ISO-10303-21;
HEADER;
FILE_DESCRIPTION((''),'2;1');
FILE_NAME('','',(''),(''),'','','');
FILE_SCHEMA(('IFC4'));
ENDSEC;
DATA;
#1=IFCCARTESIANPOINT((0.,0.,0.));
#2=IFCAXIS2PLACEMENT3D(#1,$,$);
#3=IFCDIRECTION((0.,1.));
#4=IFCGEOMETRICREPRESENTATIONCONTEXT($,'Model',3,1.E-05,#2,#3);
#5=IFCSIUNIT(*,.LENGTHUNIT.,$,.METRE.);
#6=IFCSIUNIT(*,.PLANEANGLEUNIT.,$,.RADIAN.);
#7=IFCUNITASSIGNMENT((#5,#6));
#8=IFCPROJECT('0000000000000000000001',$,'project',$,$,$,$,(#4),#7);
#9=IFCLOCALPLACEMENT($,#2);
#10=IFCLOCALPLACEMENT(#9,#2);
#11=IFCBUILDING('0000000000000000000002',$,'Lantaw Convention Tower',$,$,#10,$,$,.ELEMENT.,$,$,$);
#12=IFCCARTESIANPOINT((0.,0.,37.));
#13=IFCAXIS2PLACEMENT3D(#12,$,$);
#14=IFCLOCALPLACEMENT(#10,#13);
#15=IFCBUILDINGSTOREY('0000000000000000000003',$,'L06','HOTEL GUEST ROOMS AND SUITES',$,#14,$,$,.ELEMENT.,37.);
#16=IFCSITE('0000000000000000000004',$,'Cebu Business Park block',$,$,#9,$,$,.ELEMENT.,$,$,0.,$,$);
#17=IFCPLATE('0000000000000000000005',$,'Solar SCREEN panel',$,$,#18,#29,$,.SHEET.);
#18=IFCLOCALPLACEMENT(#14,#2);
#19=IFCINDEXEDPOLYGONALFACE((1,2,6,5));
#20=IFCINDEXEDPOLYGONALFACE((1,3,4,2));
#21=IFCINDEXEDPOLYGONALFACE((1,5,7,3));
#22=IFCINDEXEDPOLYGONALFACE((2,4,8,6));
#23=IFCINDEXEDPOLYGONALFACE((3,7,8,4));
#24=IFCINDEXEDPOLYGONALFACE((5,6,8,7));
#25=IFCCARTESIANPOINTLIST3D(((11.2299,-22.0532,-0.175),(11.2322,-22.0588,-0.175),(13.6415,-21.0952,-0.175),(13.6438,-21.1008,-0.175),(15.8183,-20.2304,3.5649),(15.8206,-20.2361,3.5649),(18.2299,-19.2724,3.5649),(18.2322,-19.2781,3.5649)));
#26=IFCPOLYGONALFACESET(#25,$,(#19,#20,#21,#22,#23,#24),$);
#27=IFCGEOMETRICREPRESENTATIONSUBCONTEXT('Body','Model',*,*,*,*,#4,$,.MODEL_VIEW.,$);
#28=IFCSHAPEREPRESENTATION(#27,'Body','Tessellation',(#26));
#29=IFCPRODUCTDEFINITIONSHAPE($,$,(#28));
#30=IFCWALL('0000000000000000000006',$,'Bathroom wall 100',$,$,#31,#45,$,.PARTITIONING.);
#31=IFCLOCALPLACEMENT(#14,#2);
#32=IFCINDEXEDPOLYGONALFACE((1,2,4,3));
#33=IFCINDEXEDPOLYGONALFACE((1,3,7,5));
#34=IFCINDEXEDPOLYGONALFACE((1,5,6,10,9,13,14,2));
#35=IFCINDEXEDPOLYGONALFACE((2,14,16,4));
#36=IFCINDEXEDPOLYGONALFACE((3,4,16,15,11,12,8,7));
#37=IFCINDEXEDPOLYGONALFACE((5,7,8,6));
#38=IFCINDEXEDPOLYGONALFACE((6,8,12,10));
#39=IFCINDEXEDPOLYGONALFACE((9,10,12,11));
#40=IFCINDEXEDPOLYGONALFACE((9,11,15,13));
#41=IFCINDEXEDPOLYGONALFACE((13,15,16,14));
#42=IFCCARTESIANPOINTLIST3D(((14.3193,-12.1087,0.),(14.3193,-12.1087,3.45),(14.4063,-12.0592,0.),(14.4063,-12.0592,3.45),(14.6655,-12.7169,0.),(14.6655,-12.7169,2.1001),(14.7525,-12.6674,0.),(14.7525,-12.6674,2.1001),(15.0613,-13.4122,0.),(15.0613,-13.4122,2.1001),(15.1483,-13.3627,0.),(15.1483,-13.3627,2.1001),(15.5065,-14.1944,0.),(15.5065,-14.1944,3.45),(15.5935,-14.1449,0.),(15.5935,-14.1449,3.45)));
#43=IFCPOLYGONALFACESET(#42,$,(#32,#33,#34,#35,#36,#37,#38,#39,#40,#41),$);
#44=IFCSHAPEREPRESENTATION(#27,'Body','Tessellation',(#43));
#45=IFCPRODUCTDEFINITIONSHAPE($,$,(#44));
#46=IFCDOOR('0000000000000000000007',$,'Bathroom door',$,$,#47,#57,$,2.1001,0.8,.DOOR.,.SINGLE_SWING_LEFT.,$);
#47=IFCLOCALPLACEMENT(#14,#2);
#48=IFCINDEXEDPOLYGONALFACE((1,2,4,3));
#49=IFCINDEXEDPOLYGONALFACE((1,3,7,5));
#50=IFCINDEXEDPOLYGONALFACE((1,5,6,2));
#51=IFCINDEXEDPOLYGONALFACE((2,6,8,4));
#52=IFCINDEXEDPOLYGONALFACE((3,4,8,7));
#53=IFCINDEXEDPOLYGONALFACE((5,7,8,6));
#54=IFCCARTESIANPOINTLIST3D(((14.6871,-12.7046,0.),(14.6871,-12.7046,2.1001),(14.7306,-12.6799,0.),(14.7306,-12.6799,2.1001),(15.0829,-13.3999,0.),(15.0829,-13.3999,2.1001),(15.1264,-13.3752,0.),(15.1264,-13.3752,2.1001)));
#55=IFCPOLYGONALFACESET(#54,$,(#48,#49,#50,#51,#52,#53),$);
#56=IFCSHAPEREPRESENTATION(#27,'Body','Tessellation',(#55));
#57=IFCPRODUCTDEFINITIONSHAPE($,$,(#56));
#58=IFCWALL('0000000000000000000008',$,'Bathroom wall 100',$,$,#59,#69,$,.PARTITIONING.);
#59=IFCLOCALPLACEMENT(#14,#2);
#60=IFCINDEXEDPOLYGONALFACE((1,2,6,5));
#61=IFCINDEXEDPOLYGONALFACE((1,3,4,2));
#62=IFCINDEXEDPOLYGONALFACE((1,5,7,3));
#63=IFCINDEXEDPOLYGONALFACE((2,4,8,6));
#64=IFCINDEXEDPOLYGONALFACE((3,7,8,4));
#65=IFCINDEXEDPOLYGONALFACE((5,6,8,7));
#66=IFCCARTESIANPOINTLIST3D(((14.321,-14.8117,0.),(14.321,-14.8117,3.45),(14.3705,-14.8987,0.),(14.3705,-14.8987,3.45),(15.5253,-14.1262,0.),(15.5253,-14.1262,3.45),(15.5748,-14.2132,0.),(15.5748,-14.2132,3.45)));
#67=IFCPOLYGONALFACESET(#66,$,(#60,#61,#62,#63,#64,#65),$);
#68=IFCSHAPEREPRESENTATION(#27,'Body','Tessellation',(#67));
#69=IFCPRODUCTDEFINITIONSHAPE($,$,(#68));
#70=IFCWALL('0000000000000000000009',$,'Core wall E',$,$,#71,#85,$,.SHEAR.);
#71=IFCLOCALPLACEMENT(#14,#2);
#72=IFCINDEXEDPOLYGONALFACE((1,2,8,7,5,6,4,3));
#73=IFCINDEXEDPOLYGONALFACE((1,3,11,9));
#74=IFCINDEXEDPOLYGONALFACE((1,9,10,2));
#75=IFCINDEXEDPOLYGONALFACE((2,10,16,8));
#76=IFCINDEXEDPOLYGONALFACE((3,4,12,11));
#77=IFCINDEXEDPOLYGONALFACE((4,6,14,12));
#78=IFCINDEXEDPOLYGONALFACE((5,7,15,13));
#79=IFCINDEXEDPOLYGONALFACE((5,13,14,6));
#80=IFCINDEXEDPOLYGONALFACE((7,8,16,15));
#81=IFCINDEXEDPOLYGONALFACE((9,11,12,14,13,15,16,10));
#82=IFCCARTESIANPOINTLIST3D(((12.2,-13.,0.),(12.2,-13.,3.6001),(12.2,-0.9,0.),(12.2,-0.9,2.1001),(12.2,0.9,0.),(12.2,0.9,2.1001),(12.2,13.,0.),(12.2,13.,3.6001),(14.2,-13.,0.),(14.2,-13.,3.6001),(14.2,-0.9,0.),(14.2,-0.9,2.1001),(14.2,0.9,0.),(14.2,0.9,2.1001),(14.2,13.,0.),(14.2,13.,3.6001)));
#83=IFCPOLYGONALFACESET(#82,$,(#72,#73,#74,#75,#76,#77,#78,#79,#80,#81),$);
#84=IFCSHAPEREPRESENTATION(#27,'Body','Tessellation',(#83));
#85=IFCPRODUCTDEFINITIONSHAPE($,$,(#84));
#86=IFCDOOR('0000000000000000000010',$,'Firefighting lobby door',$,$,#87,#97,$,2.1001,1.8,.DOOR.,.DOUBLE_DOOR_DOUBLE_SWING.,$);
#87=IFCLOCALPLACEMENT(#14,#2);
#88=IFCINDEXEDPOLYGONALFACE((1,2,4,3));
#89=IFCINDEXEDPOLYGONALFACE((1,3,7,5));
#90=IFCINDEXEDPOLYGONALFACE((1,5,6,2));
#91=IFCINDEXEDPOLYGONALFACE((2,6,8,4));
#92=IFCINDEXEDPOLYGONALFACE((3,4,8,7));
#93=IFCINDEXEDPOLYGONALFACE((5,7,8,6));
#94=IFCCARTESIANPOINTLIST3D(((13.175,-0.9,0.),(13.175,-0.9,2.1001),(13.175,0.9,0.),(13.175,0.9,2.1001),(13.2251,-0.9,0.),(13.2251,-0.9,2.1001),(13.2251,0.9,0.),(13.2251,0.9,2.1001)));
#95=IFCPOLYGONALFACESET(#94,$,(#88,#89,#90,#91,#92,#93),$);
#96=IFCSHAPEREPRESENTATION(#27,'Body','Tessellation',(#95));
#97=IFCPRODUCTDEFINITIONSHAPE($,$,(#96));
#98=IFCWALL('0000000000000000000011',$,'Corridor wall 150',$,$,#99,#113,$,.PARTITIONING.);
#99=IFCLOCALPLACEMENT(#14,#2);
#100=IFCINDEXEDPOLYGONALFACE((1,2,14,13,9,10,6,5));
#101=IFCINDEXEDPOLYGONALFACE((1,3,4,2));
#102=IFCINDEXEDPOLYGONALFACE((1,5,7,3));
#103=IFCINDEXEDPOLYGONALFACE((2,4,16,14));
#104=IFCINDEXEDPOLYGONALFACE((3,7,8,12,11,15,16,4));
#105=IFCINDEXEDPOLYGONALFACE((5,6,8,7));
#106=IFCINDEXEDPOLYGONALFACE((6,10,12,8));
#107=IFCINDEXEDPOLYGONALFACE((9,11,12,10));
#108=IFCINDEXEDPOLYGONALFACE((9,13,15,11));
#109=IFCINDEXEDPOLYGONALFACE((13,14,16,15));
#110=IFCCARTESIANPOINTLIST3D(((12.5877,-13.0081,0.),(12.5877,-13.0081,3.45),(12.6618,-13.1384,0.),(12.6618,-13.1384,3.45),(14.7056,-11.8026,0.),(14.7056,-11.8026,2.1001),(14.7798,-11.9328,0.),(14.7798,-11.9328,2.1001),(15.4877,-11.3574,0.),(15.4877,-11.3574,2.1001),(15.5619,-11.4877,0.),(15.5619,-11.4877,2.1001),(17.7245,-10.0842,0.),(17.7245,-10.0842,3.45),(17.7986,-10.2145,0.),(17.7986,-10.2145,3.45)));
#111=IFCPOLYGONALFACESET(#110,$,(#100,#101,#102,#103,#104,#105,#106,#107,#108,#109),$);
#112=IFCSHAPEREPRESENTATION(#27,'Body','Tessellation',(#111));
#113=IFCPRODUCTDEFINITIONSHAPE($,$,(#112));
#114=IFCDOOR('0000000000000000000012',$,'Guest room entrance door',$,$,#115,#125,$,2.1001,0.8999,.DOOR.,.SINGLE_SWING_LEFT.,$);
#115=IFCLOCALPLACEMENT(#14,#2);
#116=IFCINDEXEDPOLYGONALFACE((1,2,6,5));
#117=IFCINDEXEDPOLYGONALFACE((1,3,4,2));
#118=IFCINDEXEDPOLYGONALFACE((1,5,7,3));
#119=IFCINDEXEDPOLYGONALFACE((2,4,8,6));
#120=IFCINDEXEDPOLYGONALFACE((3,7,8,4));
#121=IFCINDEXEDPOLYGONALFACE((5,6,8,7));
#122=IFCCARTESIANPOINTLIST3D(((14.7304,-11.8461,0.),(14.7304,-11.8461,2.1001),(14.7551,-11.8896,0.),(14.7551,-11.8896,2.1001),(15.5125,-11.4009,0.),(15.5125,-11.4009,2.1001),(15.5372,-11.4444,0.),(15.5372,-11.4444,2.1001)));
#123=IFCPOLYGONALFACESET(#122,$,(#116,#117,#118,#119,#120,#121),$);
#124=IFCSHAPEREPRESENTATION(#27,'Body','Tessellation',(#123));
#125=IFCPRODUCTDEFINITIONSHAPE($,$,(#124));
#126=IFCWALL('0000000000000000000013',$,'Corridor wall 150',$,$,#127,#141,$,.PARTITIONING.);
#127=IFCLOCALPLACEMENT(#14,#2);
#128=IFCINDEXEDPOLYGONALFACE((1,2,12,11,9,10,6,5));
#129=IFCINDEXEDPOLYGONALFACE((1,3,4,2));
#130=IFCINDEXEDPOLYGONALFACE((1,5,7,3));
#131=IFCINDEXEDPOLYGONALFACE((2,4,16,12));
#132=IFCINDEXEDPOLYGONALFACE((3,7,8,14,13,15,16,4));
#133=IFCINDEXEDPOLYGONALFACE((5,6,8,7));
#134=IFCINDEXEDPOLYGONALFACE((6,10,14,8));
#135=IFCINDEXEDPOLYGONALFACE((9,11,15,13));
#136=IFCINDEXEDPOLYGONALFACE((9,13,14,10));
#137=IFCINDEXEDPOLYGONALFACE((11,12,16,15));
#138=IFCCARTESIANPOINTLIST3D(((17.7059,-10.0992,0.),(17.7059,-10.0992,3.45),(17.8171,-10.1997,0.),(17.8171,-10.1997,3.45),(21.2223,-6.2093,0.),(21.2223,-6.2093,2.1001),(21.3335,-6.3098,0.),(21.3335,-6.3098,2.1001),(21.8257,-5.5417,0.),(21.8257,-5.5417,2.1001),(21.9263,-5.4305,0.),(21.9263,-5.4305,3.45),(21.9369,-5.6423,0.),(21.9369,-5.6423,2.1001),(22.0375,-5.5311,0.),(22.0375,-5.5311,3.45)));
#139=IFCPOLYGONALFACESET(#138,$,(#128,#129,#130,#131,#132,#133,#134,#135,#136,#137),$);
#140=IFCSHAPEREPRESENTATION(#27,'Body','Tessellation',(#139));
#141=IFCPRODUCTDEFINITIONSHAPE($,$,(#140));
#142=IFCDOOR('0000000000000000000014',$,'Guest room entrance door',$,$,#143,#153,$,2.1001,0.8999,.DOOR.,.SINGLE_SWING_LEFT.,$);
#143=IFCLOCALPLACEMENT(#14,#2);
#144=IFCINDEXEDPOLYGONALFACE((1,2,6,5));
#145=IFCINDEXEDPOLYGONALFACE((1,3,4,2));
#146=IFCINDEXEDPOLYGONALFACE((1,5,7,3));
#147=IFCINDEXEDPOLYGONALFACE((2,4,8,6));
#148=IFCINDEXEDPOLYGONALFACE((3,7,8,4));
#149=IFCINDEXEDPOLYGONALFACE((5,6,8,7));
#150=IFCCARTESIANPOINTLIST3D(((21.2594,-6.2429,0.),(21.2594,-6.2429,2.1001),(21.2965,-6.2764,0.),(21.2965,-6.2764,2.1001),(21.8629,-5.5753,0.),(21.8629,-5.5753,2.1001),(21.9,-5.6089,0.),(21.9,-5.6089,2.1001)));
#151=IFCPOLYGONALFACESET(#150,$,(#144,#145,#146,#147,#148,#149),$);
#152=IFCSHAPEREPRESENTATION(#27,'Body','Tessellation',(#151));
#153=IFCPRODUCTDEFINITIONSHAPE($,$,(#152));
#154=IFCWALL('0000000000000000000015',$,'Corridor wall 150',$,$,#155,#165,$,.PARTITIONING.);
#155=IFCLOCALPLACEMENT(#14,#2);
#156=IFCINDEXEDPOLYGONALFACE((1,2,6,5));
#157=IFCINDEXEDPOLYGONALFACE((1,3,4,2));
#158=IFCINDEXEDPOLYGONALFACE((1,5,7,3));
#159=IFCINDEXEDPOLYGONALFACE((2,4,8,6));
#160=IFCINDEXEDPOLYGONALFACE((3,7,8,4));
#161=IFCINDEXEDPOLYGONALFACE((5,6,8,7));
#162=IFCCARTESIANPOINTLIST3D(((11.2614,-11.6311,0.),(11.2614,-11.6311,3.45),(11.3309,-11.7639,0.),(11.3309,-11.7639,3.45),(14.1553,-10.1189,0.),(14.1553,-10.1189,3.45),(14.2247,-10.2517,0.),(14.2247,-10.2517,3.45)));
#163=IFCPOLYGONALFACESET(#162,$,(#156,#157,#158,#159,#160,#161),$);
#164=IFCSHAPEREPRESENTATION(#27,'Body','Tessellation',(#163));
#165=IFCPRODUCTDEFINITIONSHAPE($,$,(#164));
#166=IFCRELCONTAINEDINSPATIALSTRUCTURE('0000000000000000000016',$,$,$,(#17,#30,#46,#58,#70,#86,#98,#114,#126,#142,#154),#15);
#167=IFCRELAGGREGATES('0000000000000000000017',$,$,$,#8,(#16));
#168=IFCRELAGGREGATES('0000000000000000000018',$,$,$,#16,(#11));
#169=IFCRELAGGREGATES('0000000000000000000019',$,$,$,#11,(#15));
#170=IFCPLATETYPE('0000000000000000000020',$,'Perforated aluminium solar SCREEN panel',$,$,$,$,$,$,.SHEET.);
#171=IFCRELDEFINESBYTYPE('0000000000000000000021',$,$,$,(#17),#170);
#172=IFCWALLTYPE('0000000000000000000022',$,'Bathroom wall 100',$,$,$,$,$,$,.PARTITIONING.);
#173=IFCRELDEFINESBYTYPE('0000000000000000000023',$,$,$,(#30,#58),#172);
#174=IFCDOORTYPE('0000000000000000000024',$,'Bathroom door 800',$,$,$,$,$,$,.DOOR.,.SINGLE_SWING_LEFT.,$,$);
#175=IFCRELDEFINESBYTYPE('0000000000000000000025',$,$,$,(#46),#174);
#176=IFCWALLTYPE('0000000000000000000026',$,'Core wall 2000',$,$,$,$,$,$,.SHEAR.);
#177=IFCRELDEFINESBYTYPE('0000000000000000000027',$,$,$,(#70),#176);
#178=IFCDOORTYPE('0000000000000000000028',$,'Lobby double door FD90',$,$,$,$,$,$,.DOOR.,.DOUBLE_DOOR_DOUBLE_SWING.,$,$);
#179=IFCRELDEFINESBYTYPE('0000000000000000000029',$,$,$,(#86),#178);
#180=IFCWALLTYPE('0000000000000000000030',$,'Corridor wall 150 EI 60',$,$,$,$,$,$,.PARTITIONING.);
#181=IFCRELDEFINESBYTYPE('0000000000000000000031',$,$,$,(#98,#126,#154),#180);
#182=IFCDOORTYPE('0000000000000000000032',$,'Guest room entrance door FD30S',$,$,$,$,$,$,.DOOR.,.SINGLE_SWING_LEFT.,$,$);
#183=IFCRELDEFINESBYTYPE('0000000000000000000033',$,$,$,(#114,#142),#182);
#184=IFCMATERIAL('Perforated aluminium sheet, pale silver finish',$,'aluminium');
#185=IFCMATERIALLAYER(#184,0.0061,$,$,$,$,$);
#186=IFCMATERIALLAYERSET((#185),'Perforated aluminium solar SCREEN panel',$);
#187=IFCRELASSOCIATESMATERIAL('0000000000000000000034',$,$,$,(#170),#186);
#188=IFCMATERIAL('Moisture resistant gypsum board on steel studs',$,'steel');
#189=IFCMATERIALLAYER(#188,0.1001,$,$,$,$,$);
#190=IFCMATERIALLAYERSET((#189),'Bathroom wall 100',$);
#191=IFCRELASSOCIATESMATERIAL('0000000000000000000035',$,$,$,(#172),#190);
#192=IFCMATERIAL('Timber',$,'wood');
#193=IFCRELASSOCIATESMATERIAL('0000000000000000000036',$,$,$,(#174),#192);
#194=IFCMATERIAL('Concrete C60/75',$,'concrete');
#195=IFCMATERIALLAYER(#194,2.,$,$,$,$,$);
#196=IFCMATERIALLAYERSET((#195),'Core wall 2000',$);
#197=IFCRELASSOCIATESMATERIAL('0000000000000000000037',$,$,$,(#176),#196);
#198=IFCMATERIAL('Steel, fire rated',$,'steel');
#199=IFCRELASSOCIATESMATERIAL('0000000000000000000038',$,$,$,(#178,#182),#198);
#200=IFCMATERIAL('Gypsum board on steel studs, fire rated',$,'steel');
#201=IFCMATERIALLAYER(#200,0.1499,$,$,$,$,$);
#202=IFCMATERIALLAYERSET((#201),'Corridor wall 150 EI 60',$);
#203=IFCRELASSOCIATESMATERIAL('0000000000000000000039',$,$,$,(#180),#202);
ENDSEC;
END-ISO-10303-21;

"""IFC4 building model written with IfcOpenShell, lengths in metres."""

from ifc_helpers import new_model, si_unit, direction, frame, frame_2d, origin, place, context, subcontext, project, spatial, polyline, rectangle, outline, extrude, material, layer, layer_set, type_object, element, fill, save


model = new_model("IFC4")

# Units and contexts
model_context = context("Model", 3, precision=1e-05, world=origin(), true_north=direction((0.0, 1.0)))
body_context = subcontext(model_context, "Body", "Model", "MODEL_VIEW")
ifc_project = project(units=[si_unit("LENGTHUNIT", "METRE"), si_unit("PLANEANGLEUNIT", "RADIAN")], contexts=[model_context])

# Site, building, storey
site_placement = place(None, origin())
site = spatial("IfcSite", under=ifc_project, at=site_placement, Name="Cebu Business Park block", CompositionType="ELEMENT", RefElevation=0.0)
building_placement = place(site_placement, origin())
building = spatial("IfcBuilding", under=site, at=building_placement, Name="Lantaw Convention Tower", CompositionType="ELEMENT")
storey_placement = place(building_placement, frame((0.0, 0.0, 37.0)))
storey = spatial("IfcBuildingStorey", under=building, at=storey_placement, Name="L06", Description="HOTEL GUEST ROOMS AND SUITES", CompositionType="ELEMENT", Elevation=37.0)

# Shared definitions
ifc_material_1 = material(Name="Concrete C60/75", Category="concrete")

# Plate
ifc_material_2 = material(Name="Perforated aluminium sheet, pale silver finish", Category="aluminium")
ifc_layer_1 = layer(ifc_material_2, 0.0061)
ifc_layer_set_1 = layer_set([ifc_layer_1], Name="Perforated aluminium solar SCREEN panel")
plate_type = type_object("IfcPlateType", Name="Perforated aluminium solar SCREEN panel", PredefinedType="SHEET", material=ifc_layer_set_1)
plate_placement = place(storey_placement, frame((11.2322, -22.0588, -0.175), z_axis=(0.369184, -0.929357, 0.000009), x_axis=(0.929357, 0.369184, 0.0)))
element("IfcPlate", 1, at=plate_placement, inside=storey, type_object=plate_type, Name="Solar SCREEN panel", PredefinedType="SHEET", context=body_context, shape_type="SweptSolid", body=[
    extrude(outline(polyline([(0.0, 0.0), (2.5949, 0.0), (7.5321, 3.74), (4.9372, 3.74), (0.0, 0.0)])), origin(), (0.0, 0.0, -1.0), 0.0061),
])

# Wall, opening, door
ifc_material_3 = material(Name="Moisture resistant gypsum board on steel studs", Category="steel")
ifc_layer_2 = layer(ifc_material_3, 0.1001)
ifc_layer_set_2 = layer_set([ifc_layer_2], Name="Bathroom wall 100")
wall_type_1 = type_object("IfcWallType", Name="Bathroom wall 100", PredefinedType="PARTITIONING", material=ifc_layer_set_2)
wall_1_placement = place(storey_placement, frame((14.3628, -12.084, 0.0), z_axis=(0.0, 0.0, 1.0), x_axis=(0.494703, -0.869062, 0.0)))
wall_1 = element("IfcWall", 2, at=wall_1_placement, inside=storey, type_object=wall_type_1, Name="Bathroom wall 100", PredefinedType="PARTITIONING", context=body_context, shape_type="SweptSolid", body=[
    extrude(rectangle(XDim=2.3999, YDim=0.1001, at=frame_2d((1.2, 0.0))), origin(), (0.0, 0.0, 1.0), 3.45),
])
opening_1_placement = place(wall_1_placement, frame((0.7, 0.0, 0.0)))
opening_1 = element("IfcOpeningElement", 3, at=opening_1_placement, cuts=wall_1, PredefinedType="OPENING", context=body_context, shape_type="SweptSolid", body=[
    extrude(rectangle(XDim=0.8, YDim=2.1001, at=frame_2d((0.3999, 1.05))), frame((0.0, 0.0601, 0.0), z_axis=(0.0, -1.0, 0.0), x_axis=(1.0, 0.0, 0.0)), (0.0, 0.0, 1.0), 0.1201),
])
ifc_material_4 = material(Name="Timber", Category="wood")
door_type_1 = type_object("IfcDoorType", Name="Bathroom door 800", OperationType="SINGLE_SWING_LEFT", PredefinedType="DOOR", material=ifc_material_4)
door_1_placement = place(opening_1_placement, origin())
door_1 = element("IfcDoor", 4, at=door_1_placement, inside=storey, type_object=door_type_1, Name="Bathroom door", OperationType="SINGLE_SWING_LEFT", OverallHeight=2.1001, OverallWidth=0.8, PredefinedType="DOOR", context=body_context, shape_type="SweptSolid", body=[
    extrude(rectangle(XDim=0.8, YDim=2.1001, at=frame_2d((0.3999, 1.05))), frame((0.0, 0.0249, 0.0), z_axis=(0.0, -1.0, 0.0), x_axis=(1.0, 0.0, 0.0)), (0.0, 0.0, 1.0), 0.05),
])
fill(opening_1, door_1)

# Wall
wall_2_placement = place(storey_placement, frame((15.55, -14.1697, 0.0), z_axis=(0.0, 0.0, 1.0), x_axis=(-0.869066, -0.494696, 0.0)))
element("IfcWall", 5, at=wall_2_placement, inside=storey, type_object=wall_type_1, Name="Bathroom wall 100", PredefinedType="PARTITIONING", context=body_context, shape_type="SweptSolid", body=[
    extrude(rectangle(XDim=1.3857, YDim=0.1001, at=frame_2d((0.6929, 0.0))), origin(), (0.0, 0.0, 1.0), 3.45),
])

# Walls, openings, doors
ifc_layer_3 = layer(ifc_material_1, 2.0)
ifc_layer_set_3 = layer_set([ifc_layer_3], Name="Core wall 2000")
wall_type_2 = type_object("IfcWallType", Name="Core wall 2000", PredefinedType="SHEAR", material=ifc_layer_set_3)
wall_3_placement = place(storey_placement, frame((13.2, -13.0, 0.0), z_axis=(0.0, 0.0, 1.0), x_axis=(0.0, 1.0, 0.0)))
wall_3 = element("IfcWall", 6, at=wall_3_placement, inside=storey, type_object=wall_type_2, Name="Core wall E", PredefinedType="SHEAR", context=body_context, shape_type="SweptSolid", body=[
    extrude(rectangle(XDim=26.0, YDim=2.0, at=frame_2d((13.0, 0.0))), origin(), (0.0, 0.0, 1.0), 3.6001),
])
opening_2_placement = place(wall_3_placement, frame((12.1001, 0.0, 0.0)))
opening_2 = element("IfcOpeningElement", 7, at=opening_2_placement, cuts=wall_3, PredefinedType="OPENING", context=body_context, shape_type="SweptSolid", body=[
    extrude(rectangle(XDim=1.8, YDim=2.1001, at=frame_2d((0.8999, 1.05))), frame((0.0, 1.01, 0.0), z_axis=(0.0, -1.0, 0.0), x_axis=(1.0, 0.0, 0.0)), (0.0, 0.0, 1.0), 2.02),
])
ifc_material_5 = material(Name="Steel, fire rated", Category="steel")
door_type_2 = type_object("IfcDoorType", Name="Lobby double door FD90", OperationType="DOUBLE_DOOR_DOUBLE_SWING", PredefinedType="DOOR", material=ifc_material_5)
door_2_placement = place(opening_2_placement, origin())
door_2 = element("IfcDoor", 8, at=door_2_placement, inside=storey, type_object=door_type_2, Name="Firefighting lobby door", OperationType="DOUBLE_DOOR_DOUBLE_SWING", OverallHeight=2.1001, OverallWidth=1.8, PredefinedType="DOOR", context=body_context, shape_type="SweptSolid", body=[
    extrude(rectangle(XDim=1.8, YDim=2.1001, at=frame_2d((0.8999, 1.05))), frame((0.0, 0.0249, 0.0), z_axis=(0.0, -1.0, 0.0), x_axis=(1.0, 0.0, 0.0)), (0.0, 0.0, 1.0), 0.05),
])
fill(opening_2, door_2)
ifc_material_6 = material(Name="Gypsum board on steel studs, fire rated", Category="steel")
ifc_layer_4 = layer(ifc_material_6, 0.1499)
ifc_layer_set_4 = layer_set([ifc_layer_4], Name="Corridor wall 150 EI 60")
wall_type_3 = type_object("IfcWallType", Name="Corridor wall 150 EI 60", PredefinedType="PARTITIONING", material=ifc_layer_set_4)
wall_4_placement = place(storey_placement, frame((12.6248, -13.0732, 0.0), z_axis=(0.0, 0.0, 1.0), x_axis=(0.869076, 0.494679, 0.0)))
wall_4 = element("IfcWall", 9, at=wall_4_placement, inside=storey, type_object=wall_type_3, Name="Corridor wall 150", PredefinedType="PARTITIONING", context=body_context, shape_type="SweptSolid", body=[
    extrude(rectangle(XDim=5.9106, YDim=0.1499, at=frame_2d((2.9553, 0.0))), origin(), (0.0, 0.0, 1.0), 3.45),
])
opening_3_placement = place(wall_4_placement, frame((2.437, 0.0, 0.0)))
opening_3 = element("IfcOpeningElement", 10, at=opening_3_placement, cuts=wall_4, PredefinedType="OPENING", context=body_context, shape_type="SweptSolid", body=[
    extrude(rectangle(XDim=0.8999, YDim=2.1001, at=frame_2d((0.45, 1.05))), frame((0.0, 0.085, 0.0), z_axis=(0.0, -1.0, 0.0), x_axis=(1.0, 0.0, 0.0)), (0.0, 0.0, 1.0), 0.1699),
])
door_type_3 = type_object("IfcDoorType", Name="Guest room entrance door FD30S", OperationType="SINGLE_SWING_LEFT", PredefinedType="DOOR", material=ifc_material_5)
door_3_placement = place(opening_3_placement, origin())
door_3 = element("IfcDoor", 11, at=door_3_placement, inside=storey, type_object=door_type_3, Name="Guest room entrance door", OperationType="SINGLE_SWING_LEFT", OverallHeight=2.1001, OverallWidth=0.8999, PredefinedType="DOOR", context=body_context, shape_type="SweptSolid", body=[
    extrude(rectangle(XDim=0.8999, YDim=2.1001, at=frame_2d((0.45, 1.05))), frame((0.0, 0.0249, 0.0), z_axis=(0.0, -1.0, 0.0), x_axis=(1.0, 0.0, 0.0)), (0.0, 0.0, 1.0), 0.05),
])
fill(opening_3, door_3)
wall_5_placement = place(storey_placement, frame((17.7615, -10.1494, 0.0), z_axis=(0.0, 0.0, 1.0), x_axis=(0.670598, 0.741821, 0.0)))
wall_5 = element("IfcWall", 12, at=wall_5_placement, inside=storey, type_object=wall_type_3, Name="Corridor wall 150", PredefinedType="PARTITIONING", context=body_context, shape_type="SweptSolid", body=[
    extrude(rectangle(XDim=6.2935, YDim=0.1499, at=frame_2d((3.1467, 0.0))), origin(), (0.0, 0.0, 1.0), 3.45),
])
opening_4_placement = place(wall_5_placement, frame((5.2437, 0.0, 0.0)))
opening_4 = element("IfcOpeningElement", 13, at=opening_4_placement, cuts=wall_5, PredefinedType="OPENING", context=body_context, shape_type="SweptSolid", body=[
    extrude(rectangle(XDim=0.8999, YDim=2.1001, at=frame_2d((0.45, 1.05))), frame((0.0, 0.085, 0.0), z_axis=(0.0, -1.0, 0.0), x_axis=(1.0, 0.0, 0.0)), (0.0, 0.0, 1.0), 0.1699),
])
door_4_placement = place(opening_4_placement, origin())
door_4 = element("IfcDoor", 14, at=door_4_placement, inside=storey, type_object=door_type_3, Name="Guest room entrance door", OperationType="SINGLE_SWING_LEFT", OverallHeight=2.1001, OverallWidth=0.8999, PredefinedType="DOOR", context=body_context, shape_type="SweptSolid", body=[
    extrude(rectangle(XDim=0.8999, YDim=2.1001, at=frame_2d((0.45, 1.05))), frame((0.0, 0.0249, 0.0), z_axis=(0.0, -1.0, 0.0), x_axis=(1.0, 0.0, 0.0)), (0.0, 0.0, 1.0), 0.05),
])
fill(opening_4, door_4)

# Wall
wall_6_placement = place(storey_placement, frame((11.2961, -11.6975, 0.0), z_axis=(0.0, 0.0, 1.0), x_axis=(0.886283, 0.463143, 0.0)))
element("IfcWall", 15, at=wall_6_placement, inside=storey, type_object=wall_type_3, Name="Corridor wall 150", PredefinedType="PARTITIONING", context=body_context, shape_type="SweptSolid", body=[
    extrude(rectangle(XDim=3.2651, YDim=0.1499, at=frame_2d((1.6326, 0.0))), origin(), (0.0, 0.0, 1.0), 3.45),
])

save(model, "model.ifc")
